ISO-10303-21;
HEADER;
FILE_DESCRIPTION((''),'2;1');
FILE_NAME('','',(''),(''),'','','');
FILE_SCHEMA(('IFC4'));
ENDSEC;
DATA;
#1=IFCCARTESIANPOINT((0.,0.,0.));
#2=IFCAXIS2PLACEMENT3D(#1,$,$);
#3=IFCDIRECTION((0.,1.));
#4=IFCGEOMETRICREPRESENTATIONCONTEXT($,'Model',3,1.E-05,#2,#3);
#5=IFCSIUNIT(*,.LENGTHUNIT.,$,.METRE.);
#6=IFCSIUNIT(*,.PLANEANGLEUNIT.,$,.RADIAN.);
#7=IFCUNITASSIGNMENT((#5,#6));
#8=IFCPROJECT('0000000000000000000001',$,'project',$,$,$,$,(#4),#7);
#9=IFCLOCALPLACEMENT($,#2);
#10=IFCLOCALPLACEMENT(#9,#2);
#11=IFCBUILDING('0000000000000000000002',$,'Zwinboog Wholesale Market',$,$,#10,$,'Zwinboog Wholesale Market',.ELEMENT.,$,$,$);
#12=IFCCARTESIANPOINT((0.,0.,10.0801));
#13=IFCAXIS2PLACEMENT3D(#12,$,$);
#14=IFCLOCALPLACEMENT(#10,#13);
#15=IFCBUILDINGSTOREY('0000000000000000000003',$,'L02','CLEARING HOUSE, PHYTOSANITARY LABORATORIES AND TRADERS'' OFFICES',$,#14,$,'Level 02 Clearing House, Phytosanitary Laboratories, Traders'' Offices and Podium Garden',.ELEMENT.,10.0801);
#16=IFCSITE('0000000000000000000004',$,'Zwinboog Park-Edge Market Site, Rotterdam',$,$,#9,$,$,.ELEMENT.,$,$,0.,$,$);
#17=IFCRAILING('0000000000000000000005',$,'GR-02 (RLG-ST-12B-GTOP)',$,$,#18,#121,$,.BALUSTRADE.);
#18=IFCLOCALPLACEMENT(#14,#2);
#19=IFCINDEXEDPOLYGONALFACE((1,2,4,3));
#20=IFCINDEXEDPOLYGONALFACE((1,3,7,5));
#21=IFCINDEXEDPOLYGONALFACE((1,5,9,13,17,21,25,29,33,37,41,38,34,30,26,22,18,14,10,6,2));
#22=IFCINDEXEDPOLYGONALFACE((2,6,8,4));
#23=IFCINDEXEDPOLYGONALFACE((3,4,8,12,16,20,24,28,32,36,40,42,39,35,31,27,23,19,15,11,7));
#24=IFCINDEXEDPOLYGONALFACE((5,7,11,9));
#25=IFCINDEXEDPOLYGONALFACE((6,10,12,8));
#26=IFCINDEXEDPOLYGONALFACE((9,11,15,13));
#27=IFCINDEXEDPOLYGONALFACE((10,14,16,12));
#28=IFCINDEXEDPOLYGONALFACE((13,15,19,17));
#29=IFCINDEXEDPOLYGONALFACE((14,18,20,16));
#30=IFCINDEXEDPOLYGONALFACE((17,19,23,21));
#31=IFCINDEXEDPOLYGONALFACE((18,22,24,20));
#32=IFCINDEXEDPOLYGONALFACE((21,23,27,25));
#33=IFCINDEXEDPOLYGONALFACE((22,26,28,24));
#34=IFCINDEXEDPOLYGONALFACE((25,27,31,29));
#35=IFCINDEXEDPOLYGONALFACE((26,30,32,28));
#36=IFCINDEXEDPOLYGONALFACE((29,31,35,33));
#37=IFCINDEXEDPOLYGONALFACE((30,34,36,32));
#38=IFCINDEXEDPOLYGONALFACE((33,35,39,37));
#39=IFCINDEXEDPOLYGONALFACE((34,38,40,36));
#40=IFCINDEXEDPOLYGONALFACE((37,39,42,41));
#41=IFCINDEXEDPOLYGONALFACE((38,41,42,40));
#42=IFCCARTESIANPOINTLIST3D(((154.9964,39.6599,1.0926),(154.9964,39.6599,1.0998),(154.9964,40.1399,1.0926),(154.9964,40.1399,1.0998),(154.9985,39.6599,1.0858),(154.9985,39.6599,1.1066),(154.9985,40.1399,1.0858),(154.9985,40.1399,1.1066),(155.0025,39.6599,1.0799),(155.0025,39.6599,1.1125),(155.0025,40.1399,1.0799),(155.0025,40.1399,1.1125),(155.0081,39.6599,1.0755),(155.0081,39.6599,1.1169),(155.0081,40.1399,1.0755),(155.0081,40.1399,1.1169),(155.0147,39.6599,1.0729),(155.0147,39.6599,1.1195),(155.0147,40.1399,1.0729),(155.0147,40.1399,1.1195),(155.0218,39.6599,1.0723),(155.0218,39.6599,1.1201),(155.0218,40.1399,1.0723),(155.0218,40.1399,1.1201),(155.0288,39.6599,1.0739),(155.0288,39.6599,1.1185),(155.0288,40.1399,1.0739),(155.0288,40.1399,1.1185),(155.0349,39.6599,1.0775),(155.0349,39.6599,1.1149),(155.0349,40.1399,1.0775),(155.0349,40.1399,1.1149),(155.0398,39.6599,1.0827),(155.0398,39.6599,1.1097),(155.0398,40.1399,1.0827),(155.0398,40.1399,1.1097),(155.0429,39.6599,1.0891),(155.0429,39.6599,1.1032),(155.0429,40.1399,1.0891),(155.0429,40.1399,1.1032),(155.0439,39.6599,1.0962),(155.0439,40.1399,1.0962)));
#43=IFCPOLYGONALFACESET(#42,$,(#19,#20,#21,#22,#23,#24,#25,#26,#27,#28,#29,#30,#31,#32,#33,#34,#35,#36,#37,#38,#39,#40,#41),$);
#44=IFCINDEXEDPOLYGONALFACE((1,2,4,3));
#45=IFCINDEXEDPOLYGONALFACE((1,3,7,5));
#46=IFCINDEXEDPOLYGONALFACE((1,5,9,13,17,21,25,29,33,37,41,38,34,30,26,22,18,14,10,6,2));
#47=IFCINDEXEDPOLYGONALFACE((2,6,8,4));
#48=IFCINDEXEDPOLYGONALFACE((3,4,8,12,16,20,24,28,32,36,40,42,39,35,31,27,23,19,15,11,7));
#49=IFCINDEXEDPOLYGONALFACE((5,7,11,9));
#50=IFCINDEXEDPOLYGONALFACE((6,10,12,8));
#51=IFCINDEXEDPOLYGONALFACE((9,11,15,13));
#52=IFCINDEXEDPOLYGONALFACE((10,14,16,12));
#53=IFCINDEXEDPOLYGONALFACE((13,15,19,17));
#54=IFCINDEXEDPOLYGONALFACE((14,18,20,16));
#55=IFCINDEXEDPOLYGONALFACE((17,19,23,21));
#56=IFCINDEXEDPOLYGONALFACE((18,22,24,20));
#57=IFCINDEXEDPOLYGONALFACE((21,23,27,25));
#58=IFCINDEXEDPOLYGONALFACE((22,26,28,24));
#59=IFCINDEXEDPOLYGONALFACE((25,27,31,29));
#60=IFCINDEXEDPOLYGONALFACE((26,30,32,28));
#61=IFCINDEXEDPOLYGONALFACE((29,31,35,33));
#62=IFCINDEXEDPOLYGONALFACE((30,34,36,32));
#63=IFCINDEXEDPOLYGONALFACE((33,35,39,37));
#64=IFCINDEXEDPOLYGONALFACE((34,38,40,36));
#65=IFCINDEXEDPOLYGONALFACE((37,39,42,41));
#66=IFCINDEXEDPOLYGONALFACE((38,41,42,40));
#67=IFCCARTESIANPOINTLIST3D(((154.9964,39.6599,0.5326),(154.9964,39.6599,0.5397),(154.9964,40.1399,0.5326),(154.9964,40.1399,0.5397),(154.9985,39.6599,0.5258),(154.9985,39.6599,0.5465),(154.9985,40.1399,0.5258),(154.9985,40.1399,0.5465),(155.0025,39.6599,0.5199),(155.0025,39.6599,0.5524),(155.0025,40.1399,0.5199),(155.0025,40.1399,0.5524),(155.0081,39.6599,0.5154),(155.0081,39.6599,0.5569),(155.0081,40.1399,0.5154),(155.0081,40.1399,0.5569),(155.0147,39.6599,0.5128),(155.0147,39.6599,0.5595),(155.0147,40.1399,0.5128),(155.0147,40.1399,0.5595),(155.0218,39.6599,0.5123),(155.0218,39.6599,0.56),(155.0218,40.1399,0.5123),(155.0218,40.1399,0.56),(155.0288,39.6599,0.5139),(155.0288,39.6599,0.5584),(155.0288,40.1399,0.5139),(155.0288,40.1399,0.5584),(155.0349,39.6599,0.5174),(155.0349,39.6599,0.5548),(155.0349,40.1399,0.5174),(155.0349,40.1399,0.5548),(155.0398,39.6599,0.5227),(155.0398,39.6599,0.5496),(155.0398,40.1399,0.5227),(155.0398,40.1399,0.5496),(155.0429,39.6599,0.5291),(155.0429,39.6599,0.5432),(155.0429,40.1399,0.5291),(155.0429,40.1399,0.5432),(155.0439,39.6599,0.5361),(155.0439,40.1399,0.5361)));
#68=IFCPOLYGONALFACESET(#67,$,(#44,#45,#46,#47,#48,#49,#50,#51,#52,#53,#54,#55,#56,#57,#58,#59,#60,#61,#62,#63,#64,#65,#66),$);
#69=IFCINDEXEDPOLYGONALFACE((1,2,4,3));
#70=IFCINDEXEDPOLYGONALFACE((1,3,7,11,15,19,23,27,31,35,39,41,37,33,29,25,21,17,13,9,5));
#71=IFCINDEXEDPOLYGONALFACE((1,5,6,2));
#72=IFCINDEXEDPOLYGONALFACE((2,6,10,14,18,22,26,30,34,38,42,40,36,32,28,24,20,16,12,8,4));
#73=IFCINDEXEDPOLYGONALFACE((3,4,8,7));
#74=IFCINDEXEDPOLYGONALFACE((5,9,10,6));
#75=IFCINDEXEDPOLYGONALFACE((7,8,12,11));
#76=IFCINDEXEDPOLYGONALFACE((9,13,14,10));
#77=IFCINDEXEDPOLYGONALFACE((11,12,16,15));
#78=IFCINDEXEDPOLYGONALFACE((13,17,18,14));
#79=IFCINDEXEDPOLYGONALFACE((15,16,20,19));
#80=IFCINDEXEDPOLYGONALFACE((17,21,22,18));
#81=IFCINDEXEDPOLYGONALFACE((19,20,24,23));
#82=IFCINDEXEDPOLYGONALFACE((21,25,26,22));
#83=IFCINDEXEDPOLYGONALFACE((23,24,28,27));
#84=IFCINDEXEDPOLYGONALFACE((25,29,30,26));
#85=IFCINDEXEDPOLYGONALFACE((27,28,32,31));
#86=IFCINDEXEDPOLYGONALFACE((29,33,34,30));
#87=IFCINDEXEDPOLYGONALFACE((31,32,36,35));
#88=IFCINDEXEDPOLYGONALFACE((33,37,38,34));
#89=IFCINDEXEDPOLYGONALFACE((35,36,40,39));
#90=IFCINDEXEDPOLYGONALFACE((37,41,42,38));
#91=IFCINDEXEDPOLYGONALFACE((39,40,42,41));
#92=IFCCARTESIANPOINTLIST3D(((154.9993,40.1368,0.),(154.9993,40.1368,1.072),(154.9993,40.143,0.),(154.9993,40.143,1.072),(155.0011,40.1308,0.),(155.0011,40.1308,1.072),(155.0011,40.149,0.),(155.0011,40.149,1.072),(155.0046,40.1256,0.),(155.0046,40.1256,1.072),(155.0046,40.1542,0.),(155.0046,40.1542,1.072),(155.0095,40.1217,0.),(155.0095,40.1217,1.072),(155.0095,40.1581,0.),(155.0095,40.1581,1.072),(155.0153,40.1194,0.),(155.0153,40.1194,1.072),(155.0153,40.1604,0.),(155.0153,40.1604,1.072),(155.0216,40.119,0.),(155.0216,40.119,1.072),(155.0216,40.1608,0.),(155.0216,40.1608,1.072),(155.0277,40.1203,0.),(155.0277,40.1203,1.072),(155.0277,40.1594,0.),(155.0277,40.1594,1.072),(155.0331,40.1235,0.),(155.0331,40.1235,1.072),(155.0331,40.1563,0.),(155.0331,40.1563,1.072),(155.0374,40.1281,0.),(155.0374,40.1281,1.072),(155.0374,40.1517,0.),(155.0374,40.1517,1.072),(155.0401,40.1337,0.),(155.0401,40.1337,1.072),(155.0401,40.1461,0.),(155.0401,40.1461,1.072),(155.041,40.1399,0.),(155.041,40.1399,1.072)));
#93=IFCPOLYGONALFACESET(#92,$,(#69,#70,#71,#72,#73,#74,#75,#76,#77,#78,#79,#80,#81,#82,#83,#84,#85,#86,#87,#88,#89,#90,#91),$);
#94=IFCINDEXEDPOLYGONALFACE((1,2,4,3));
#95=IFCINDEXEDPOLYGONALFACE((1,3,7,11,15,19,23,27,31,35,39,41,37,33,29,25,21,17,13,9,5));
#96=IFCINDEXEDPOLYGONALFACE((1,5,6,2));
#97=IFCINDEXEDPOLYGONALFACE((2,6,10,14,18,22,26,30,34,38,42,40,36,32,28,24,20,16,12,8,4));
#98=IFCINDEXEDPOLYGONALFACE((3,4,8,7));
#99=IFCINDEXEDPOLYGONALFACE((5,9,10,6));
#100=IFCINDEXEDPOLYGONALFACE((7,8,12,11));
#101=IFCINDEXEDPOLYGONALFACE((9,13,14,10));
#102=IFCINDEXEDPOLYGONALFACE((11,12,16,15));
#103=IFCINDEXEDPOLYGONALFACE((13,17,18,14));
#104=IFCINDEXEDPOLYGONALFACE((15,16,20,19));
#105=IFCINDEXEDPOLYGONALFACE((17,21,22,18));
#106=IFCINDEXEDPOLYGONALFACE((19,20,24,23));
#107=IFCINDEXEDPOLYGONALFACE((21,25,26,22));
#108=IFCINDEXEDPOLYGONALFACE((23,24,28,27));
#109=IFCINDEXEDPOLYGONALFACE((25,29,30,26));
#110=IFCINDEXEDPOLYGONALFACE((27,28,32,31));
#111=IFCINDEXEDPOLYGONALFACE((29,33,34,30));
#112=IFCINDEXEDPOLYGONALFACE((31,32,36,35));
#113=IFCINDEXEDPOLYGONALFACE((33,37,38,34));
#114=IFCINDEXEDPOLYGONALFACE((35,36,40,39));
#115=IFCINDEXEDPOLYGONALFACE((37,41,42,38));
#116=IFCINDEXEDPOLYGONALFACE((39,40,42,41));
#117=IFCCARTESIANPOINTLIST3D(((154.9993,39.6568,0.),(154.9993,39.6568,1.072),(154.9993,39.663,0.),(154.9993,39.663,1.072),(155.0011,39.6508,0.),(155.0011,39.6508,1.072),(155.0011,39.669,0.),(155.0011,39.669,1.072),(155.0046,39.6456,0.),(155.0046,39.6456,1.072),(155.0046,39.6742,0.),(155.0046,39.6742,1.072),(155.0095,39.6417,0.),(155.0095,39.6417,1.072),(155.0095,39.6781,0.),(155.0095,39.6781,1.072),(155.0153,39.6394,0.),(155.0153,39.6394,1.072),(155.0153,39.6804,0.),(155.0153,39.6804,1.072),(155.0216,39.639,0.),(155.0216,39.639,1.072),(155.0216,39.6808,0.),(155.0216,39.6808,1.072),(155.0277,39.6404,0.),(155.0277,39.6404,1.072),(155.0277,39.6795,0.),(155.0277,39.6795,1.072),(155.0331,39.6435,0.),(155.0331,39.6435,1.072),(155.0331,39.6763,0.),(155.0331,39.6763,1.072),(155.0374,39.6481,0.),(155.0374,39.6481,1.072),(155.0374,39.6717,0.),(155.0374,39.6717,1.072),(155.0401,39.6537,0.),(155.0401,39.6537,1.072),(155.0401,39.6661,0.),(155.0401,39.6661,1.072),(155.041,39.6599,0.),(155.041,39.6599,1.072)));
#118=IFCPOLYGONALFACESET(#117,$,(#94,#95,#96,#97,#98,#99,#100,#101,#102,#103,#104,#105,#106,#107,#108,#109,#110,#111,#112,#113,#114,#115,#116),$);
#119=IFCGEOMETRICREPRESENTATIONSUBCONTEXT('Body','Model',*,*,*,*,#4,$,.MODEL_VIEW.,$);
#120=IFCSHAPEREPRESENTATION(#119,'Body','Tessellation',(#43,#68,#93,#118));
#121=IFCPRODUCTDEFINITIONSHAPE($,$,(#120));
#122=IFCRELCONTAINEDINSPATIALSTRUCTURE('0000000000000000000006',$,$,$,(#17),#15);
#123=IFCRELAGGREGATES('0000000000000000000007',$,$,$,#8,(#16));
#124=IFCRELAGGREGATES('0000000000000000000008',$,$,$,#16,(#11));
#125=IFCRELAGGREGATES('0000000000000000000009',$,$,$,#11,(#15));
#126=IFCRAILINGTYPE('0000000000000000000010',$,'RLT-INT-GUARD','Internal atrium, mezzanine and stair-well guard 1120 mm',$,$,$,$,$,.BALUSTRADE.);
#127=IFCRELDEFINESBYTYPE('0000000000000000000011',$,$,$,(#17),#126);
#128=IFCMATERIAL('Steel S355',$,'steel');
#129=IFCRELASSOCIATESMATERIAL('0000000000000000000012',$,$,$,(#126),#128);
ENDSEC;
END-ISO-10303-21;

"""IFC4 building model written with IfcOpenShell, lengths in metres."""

from ifc_helpers import new_model, si_unit, direction, frame, origin, origin_2d, place, context, subcontext, project, spatial, circle, extrude, material, type_object, element, save


model = new_model("IFC4")

# Units and contexts
model_context = context("Model", 3, precision=1e-05, world=origin(), true_north=direction((0.0, 1.0)))
body_context = subcontext(model_context, "Body", "Model", "MODEL_VIEW")
ifc_project = project(units=[si_unit("LENGTHUNIT", "METRE"), si_unit("PLANEANGLEUNIT", "RADIAN")], contexts=[model_context])

# Site, building, storey
site_placement = place(None, origin())
site = spatial("IfcSite", under=ifc_project, at=site_placement, Name="Zwinboog Park-Edge Market Site, Rotterdam", CompositionType="ELEMENT", RefElevation=0.0)
building_placement = place(site_placement, origin())
building = spatial("IfcBuilding", under=site, at=building_placement, Name="Zwinboog Wholesale Market", LongName="Zwinboog Wholesale Market", CompositionType="ELEMENT")
storey_placement = place(building_placement, frame((0.0, 0.0, 10.0801)))
storey = spatial("IfcBuildingStorey", under=building, at=storey_placement, Name="L02", Description="CLEARING HOUSE, PHYTOSANITARY LABORATORIES AND TRADERS' OFFICES", LongName="Level 02 Clearing House, Phytosanitary Laboratories, Traders' Offices and Podium Garden", CompositionType="ELEMENT", Elevation=10.0801)

# Shared definitions
ifc_material_1 = material(Name="Steel S355", Category="steel")

# Railing
railing_type_1 = type_object("IfcRailingType", Name="RLT-INT-GUARD", Description="Internal atrium, mezzanine and stair-well guard 1120 mm", PredefinedType="BALUSTRADE", material=ifc_material_1)
railing_1_placement = place(storey_placement, frame((155.02, 40.1399, 0.0)))
element("IfcRailing", 1, at=railing_1_placement, inside=storey, type_object=railing_type_1, Name="GR-02 (RLG-ST-12B-GTOP)", PredefinedType="BALUSTRADE", context=body_context, shape_type="SweptSolid", body=[
    extrude(circle(Radius=0.0239, at=origin_2d()), frame((0.0, 0.0, 1.0962), z_axis=(0.0, -1.0, 0.0), x_axis=(1.0, 0.0, 0.0)), (0.0, 0.0, 1.0), 0.48),
    extrude(circle(Radius=0.0239, at=origin_2d()), frame((0.0, 0.0, 0.5361), z_axis=(0.0, -1.0, 0.0), x_axis=(1.0, 0.0, 0.0)), (0.0, 0.0, 1.0), 0.48),
    extrude(circle(Radius=0.021, at=origin_2d()), origin(), (0.0, 0.0, 1.0), 1.072),
    extrude(circle(Radius=0.021, at=origin_2d()), frame((0.0, -0.48, 0.0)), (0.0, 0.0, 1.0), 1.072),
])

save(model, "model.ifc")
